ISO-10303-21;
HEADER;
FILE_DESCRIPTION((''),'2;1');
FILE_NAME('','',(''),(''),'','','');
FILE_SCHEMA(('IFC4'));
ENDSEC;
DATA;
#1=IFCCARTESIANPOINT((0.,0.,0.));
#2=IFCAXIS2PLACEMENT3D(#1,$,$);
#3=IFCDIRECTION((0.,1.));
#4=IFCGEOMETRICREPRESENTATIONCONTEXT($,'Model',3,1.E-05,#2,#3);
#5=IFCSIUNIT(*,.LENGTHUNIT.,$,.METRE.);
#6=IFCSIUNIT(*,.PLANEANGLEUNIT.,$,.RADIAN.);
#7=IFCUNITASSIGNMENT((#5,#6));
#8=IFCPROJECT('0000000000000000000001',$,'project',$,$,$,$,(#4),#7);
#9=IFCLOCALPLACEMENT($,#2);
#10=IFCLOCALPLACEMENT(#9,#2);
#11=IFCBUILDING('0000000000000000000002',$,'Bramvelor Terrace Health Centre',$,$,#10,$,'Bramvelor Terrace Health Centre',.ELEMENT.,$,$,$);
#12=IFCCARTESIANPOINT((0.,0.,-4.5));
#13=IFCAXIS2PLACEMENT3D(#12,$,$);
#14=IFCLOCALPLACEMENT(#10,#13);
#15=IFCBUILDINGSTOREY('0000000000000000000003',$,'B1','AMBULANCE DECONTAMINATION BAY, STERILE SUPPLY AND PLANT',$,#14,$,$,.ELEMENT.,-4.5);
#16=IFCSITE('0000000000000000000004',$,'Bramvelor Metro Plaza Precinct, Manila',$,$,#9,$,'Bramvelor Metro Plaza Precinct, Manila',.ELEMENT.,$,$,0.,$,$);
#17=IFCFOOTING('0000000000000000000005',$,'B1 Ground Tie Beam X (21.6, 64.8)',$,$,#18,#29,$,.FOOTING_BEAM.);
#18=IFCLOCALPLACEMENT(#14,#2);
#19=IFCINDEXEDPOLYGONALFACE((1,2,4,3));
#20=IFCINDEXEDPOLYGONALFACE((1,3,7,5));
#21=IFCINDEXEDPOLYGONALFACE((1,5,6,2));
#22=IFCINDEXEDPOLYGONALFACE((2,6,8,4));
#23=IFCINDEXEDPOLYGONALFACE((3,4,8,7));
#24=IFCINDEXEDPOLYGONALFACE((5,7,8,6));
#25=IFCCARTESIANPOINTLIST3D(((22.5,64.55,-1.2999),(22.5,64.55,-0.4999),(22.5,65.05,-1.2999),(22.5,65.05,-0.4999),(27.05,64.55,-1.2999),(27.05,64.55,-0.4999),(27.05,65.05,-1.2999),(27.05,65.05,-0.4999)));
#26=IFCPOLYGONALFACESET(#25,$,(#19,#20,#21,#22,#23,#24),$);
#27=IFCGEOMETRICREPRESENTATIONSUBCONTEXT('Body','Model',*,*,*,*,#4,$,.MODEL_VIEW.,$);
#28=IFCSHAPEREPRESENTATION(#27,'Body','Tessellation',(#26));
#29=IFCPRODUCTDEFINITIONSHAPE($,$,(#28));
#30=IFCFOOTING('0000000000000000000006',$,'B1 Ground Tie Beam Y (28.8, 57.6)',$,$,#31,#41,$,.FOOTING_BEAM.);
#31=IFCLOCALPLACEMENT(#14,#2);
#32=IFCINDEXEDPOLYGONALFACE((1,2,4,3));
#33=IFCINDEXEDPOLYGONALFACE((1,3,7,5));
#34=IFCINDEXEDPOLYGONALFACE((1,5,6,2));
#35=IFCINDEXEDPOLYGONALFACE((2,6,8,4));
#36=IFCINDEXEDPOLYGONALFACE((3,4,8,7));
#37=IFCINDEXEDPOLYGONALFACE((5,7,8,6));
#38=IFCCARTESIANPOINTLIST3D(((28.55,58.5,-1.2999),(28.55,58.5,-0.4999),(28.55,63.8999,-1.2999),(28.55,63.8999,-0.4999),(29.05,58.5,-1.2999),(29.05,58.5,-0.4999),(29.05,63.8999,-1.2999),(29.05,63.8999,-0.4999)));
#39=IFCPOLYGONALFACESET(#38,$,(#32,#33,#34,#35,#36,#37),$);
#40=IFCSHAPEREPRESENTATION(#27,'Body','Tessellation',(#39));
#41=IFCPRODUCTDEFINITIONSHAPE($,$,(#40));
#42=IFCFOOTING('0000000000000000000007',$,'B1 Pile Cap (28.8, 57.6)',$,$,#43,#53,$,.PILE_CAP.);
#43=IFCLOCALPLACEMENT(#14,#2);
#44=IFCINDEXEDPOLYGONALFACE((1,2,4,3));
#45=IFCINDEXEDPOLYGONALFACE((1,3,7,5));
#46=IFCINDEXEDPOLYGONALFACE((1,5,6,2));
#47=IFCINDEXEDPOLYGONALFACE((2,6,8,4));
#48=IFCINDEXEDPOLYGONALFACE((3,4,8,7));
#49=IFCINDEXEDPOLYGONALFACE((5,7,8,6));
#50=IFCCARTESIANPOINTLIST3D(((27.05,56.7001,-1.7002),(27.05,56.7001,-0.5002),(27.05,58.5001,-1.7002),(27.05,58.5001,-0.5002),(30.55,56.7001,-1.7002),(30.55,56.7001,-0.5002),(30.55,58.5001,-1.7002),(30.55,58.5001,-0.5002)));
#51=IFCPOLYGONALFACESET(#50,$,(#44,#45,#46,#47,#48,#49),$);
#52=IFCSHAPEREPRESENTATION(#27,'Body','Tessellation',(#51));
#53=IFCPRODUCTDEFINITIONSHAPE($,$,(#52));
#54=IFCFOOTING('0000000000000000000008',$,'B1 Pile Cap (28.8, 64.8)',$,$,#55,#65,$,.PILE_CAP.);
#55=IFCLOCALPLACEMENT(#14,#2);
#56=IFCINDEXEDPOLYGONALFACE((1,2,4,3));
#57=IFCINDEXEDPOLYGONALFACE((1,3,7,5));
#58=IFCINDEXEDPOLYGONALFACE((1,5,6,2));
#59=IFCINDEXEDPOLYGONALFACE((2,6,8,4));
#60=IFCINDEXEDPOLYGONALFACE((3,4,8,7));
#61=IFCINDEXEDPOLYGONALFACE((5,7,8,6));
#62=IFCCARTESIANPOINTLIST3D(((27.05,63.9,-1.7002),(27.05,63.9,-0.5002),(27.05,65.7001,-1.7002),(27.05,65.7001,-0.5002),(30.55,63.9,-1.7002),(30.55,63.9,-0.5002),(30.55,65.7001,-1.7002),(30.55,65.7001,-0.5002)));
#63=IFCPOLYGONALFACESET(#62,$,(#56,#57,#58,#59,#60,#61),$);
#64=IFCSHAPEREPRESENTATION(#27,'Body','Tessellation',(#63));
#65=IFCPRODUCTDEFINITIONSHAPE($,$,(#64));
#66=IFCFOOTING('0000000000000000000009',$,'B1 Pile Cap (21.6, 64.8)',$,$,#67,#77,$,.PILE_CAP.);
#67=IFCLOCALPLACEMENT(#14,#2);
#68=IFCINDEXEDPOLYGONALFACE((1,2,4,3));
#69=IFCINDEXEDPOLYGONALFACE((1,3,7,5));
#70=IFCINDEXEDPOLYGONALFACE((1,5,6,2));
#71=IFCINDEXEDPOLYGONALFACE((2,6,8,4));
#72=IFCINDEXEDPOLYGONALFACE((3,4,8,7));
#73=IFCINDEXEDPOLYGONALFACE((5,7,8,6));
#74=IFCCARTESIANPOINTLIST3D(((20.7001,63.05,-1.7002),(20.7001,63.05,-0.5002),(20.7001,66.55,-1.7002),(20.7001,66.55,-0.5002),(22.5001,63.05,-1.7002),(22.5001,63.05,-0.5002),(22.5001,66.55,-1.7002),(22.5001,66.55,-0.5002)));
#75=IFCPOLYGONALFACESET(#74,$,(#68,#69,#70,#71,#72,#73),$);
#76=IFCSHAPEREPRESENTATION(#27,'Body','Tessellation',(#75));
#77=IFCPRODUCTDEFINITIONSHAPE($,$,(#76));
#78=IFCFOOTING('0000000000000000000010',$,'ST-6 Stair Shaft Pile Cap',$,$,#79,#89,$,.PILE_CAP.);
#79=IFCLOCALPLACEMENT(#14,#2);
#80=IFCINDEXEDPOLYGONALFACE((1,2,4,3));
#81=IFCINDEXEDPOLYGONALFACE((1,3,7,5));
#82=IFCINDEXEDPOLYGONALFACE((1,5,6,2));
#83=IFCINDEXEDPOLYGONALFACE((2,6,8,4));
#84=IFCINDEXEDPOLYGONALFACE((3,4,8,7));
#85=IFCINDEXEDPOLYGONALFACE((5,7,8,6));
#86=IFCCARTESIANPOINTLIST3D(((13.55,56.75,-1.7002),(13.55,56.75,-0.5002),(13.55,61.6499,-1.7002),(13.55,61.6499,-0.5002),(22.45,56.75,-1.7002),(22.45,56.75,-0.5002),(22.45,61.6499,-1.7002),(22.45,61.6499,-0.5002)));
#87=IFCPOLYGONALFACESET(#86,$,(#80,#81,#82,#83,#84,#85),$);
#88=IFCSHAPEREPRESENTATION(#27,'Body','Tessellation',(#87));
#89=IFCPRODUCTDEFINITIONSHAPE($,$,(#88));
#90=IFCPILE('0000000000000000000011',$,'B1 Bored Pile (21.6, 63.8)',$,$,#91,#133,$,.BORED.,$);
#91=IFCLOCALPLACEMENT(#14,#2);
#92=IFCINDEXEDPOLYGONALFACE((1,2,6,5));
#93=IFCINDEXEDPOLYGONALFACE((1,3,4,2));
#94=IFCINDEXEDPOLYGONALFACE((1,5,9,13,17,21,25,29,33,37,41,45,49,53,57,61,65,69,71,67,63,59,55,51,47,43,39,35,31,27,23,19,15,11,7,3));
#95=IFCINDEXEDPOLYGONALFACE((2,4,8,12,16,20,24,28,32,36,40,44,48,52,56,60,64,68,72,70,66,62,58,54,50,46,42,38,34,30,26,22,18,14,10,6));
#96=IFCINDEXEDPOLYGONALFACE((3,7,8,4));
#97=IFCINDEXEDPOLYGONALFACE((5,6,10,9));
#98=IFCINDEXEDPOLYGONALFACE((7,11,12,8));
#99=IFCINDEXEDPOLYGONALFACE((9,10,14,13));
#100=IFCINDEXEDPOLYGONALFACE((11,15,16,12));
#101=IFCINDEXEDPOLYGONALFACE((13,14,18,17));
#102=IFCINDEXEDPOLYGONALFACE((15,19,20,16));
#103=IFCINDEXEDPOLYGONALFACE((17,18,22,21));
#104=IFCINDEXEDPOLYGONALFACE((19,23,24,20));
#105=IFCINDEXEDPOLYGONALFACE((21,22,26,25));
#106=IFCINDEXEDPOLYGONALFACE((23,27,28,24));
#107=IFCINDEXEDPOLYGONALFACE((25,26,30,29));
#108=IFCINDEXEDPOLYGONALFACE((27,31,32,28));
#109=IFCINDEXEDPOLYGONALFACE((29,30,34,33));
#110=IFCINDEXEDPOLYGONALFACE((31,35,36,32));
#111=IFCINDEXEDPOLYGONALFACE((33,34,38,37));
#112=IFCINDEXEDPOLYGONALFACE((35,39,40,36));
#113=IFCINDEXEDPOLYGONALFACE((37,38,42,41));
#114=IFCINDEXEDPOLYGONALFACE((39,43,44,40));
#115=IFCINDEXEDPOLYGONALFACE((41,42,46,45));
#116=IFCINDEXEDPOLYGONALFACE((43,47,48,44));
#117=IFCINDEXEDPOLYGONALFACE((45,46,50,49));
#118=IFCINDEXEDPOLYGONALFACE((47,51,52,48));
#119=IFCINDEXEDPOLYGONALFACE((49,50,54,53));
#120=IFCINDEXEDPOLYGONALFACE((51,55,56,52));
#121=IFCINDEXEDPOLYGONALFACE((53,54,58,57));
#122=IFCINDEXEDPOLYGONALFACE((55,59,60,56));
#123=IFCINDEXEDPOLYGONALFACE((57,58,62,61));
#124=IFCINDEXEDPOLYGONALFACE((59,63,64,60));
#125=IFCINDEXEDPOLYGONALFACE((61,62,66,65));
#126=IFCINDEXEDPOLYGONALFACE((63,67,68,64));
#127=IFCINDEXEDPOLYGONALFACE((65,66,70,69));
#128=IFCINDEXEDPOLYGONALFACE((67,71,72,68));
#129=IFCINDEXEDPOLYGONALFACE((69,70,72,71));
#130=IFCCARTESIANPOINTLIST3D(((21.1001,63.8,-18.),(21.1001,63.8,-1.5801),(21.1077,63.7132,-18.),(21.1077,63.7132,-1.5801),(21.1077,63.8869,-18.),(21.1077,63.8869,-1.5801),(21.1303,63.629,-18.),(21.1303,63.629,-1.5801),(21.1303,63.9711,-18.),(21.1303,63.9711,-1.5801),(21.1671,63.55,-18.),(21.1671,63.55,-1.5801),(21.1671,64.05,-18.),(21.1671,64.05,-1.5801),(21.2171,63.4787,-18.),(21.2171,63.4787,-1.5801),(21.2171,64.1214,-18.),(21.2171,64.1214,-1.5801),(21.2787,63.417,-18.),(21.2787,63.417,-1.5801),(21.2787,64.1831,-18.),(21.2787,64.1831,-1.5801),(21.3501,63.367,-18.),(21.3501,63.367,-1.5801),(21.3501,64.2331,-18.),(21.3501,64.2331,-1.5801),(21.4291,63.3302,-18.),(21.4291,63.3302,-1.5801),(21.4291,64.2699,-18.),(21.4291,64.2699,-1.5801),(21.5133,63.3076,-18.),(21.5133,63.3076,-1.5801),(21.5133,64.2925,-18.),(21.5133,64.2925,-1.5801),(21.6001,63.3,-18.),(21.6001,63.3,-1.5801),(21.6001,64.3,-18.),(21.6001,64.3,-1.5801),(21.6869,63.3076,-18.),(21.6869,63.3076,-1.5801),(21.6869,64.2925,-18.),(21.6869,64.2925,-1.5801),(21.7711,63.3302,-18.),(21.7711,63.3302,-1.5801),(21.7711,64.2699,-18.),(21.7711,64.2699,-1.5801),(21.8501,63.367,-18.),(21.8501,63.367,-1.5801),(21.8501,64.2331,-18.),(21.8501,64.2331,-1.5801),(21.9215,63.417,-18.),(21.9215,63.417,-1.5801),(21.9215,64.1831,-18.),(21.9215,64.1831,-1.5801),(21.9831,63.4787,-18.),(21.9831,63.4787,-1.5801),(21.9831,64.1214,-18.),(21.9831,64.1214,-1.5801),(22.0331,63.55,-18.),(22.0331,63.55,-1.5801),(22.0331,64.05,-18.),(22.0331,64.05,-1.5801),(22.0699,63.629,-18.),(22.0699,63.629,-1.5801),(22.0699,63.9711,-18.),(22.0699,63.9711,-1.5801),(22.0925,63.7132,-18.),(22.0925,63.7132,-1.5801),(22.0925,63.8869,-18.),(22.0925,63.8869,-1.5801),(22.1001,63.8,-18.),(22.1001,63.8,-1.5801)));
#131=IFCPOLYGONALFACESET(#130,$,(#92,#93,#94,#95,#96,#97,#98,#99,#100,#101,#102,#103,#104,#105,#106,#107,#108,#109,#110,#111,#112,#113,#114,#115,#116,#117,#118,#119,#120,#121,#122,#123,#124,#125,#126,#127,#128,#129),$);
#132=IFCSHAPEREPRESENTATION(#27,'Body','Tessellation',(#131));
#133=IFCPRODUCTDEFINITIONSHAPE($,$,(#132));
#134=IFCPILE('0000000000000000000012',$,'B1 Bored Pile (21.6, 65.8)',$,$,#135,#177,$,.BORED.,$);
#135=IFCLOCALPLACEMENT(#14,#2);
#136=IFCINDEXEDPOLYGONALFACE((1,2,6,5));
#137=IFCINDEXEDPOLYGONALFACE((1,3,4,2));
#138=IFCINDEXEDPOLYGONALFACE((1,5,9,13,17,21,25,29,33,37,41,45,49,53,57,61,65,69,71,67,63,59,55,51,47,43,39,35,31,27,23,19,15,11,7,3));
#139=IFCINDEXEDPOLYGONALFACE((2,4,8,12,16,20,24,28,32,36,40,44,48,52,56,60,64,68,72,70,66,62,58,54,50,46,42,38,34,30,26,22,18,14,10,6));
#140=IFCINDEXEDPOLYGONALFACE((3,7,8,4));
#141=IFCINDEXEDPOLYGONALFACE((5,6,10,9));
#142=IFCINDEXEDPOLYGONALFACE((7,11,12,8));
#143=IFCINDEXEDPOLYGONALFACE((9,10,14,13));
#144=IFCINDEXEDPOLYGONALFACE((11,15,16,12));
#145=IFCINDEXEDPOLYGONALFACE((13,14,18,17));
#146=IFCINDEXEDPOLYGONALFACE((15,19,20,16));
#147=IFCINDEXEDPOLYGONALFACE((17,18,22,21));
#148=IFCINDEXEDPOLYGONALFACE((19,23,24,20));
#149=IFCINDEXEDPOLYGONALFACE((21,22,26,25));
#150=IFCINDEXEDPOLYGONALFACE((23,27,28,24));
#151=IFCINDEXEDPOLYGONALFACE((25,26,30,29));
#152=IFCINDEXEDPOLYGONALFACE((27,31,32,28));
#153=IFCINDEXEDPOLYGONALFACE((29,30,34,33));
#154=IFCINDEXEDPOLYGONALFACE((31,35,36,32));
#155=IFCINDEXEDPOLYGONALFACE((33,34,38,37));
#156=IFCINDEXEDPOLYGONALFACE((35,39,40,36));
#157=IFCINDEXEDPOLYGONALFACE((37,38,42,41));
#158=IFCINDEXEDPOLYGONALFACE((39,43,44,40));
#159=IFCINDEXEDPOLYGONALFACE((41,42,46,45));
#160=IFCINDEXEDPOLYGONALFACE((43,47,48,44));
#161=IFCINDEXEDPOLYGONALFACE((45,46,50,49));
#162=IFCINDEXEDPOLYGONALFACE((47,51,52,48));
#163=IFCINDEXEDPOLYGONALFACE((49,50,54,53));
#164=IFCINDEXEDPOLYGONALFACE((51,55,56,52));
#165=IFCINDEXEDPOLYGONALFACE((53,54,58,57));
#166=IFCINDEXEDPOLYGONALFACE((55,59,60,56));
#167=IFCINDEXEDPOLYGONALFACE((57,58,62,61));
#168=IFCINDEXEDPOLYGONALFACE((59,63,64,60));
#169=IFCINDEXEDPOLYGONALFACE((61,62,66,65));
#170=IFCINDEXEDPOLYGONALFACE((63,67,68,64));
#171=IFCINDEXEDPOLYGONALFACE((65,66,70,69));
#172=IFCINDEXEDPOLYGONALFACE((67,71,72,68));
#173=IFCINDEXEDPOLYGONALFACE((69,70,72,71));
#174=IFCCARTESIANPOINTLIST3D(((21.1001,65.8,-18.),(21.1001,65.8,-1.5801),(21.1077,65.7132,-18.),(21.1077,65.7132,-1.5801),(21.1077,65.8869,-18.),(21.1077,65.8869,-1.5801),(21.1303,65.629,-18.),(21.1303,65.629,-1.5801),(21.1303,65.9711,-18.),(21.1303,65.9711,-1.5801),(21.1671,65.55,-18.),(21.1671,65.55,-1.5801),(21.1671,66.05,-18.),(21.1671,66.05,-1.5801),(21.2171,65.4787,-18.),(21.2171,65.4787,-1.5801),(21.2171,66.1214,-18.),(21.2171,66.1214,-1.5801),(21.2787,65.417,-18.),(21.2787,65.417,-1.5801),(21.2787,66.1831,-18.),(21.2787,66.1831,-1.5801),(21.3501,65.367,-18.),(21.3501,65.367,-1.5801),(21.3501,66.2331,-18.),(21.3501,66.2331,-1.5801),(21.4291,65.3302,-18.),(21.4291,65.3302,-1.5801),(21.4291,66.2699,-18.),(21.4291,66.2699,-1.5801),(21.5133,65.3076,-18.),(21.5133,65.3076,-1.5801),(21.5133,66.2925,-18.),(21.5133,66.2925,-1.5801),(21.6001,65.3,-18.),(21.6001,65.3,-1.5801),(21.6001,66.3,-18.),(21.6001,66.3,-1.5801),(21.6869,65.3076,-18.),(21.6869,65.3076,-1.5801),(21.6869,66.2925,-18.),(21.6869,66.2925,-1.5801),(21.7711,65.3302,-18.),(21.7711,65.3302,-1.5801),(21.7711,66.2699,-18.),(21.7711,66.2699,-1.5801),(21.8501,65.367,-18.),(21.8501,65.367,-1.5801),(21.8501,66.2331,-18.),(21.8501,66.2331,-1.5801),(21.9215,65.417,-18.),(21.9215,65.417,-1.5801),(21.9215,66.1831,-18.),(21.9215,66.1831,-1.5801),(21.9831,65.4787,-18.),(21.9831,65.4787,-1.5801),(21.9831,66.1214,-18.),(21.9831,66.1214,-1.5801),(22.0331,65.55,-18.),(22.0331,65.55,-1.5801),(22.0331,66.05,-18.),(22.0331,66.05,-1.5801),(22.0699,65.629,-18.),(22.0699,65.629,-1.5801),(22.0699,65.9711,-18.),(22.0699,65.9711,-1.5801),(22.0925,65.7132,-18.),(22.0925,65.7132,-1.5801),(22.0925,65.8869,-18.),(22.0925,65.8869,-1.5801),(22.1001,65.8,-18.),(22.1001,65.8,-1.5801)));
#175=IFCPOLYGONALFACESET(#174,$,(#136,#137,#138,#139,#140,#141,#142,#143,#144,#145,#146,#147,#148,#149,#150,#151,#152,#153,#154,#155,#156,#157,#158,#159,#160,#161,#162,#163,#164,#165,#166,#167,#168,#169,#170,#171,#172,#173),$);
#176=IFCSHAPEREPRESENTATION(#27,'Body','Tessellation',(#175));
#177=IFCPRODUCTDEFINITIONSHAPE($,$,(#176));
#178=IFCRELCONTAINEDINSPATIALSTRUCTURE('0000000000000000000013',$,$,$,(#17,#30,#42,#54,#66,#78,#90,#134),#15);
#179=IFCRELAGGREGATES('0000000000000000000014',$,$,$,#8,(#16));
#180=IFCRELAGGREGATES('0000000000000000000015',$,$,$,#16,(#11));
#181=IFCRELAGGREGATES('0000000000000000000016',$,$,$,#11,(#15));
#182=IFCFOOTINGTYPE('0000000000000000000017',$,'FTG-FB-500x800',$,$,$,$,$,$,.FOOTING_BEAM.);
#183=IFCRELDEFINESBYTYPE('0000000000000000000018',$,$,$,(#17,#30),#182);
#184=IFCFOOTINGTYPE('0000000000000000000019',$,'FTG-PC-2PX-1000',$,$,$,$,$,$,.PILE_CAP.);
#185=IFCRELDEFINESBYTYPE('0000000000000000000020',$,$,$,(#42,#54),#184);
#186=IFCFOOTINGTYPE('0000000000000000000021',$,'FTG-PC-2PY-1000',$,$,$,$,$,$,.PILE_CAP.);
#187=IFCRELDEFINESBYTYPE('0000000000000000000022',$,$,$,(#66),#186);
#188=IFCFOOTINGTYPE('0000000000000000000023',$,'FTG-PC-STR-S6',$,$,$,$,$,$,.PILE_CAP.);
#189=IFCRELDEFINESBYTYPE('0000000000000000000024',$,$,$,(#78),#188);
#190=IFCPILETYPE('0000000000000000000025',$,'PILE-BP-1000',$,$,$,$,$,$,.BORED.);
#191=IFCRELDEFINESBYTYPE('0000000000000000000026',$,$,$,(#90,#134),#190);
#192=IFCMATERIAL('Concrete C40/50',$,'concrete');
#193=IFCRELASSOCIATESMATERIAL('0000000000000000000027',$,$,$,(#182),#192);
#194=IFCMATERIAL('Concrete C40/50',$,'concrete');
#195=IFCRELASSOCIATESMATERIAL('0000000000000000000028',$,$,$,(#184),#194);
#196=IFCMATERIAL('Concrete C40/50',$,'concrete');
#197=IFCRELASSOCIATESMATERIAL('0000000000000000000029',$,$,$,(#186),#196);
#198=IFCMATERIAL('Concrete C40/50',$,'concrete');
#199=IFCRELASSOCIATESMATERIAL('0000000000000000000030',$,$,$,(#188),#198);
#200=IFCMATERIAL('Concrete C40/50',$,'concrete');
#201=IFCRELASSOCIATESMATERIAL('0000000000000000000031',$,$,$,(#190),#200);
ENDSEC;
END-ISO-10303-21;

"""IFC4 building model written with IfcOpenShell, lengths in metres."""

from ifc_helpers import new_model, si_unit, direction, frame, origin, origin_2d, place, context, subcontext, project, spatial, rectangle, circle, extrude, material, material_profile, profile_set, type_object, element, save


model = new_model("IFC4")

# Units and contexts
model_context = context("Model", 3, precision=1e-05, world=origin(), true_north=direction((0.0, 1.0)))
body_context = subcontext(model_context, "Body", "Model", "MODEL_VIEW")
ifc_project = project(units=[si_unit("LENGTHUNIT", "METRE"), si_unit("PLANEANGLEUNIT", "RADIAN")], contexts=[model_context])

# Site, building, storey
site_placement = place(None, origin())
site = spatial("IfcSite", under=ifc_project, at=site_placement, Name="Bramvelor Metro Plaza Precinct, Manila", LongName="Bramvelor Metro Plaza Precinct, Manila", CompositionType="ELEMENT", RefElevation=0.0)
building_placement = place(site_placement, origin())
building = spatial("IfcBuilding", under=site, at=building_placement, Name="Bramvelor Terrace Health Centre", LongName="Bramvelor Terrace Health Centre", CompositionType="ELEMENT")
storey_placement = place(building_placement, frame((0.0, 0.0, -4.5)))
storey = spatial("IfcBuildingStorey", under=building, at=storey_placement, Name="B1", Description="AMBULANCE DECONTAMINATION BAY, STERILE SUPPLY AND PLANT", CompositionType="ELEMENT", Elevation=-4.5)

# Footings
ifc_material_1 = material(Name="Concrete C40/50", Category="concrete")
ifc_material_profile_1 = material_profile(ifc_material_1, rectangle(XDim=0.5, YDim=0.8, at=origin_2d()), Name="RC 500x800")
ifc_profile_set_1 = profile_set([ifc_material_profile_1], Name="Concrete C40/50")
footing_type_1 = type_object("IfcFootingType", Name="FTG-FB-500x800", PredefinedType="FOOTING_BEAM", material=ifc_profile_set_1)
footing_1_placement = place(storey_placement, frame((22.5, 64.8, -0.8999), z_axis=(1.0, 0.0, 0.0), x_axis=(0.0, 1.0, 0.0)))
element("IfcFooting", 1, at=footing_1_placement, inside=storey, type_object=footing_type_1, Name="B1 Ground Tie Beam X (21.6, 64.8)", PredefinedType="FOOTING_BEAM", context=body_context, shape_type="SweptSolid", body=[
    extrude(rectangle(XDim=0.5, YDim=0.8, at=origin_2d()), origin(), (0.0, 0.0, 1.0), 4.55),
])
footing_2_placement = place(storey_placement, frame((28.8, 58.5, -0.8999), z_axis=(0.0, 1.0, 0.0), x_axis=(-1.0, 0.0, 0.0)))
element("IfcFooting", 2, at=footing_2_placement, inside=storey, type_object=footing_type_1, Name="B1 Ground Tie Beam Y (28.8, 57.6)", PredefinedType="FOOTING_BEAM", context=body_context, shape_type="SweptSolid", body=[
    extrude(rectangle(XDim=0.5, YDim=0.8, at=origin_2d()), origin(), (0.0, 0.0, 1.0), 5.3999),
])
ifc_material_2 = material(Name="Concrete C40/50", Category="concrete")
footing_type_2 = type_object("IfcFootingType", Name="FTG-PC-2PX-1000", PredefinedType="PILE_CAP", material=ifc_material_2)
for number, where, z_axis, x_axis, name in (
    (3, (28.8, 57.6001, -1.7002), (0.0, 0.0, 1.0), (1.0, 0.0, 0.0), "B1 Pile Cap (28.8, 57.6)"),
    (4, (28.8, 64.8, -1.7002), (0.0, 0.0, 1.0), (1.0, 0.0, 0.0), "B1 Pile Cap (28.8, 64.8)"),
):
    element("IfcFooting", number, at=place(storey_placement, frame(where, z_axis=z_axis, x_axis=x_axis)), inside=storey, type_object=footing_type_2, Name=name, PredefinedType="PILE_CAP", context=body_context, shape_type="SweptSolid", body=[
        extrude(rectangle(XDim=3.5, YDim=1.8, at=origin_2d()), origin(), (0.0, 0.0, 1.0), 1.2),
    ])
ifc_material_3 = material(Name="Concrete C40/50", Category="concrete")
footing_type_3 = type_object("IfcFootingType", Name="FTG-PC-2PY-1000", PredefinedType="PILE_CAP", material=ifc_material_3)
footing_3_placement = place(storey_placement, frame((21.6001, 64.8, -1.7002), z_axis=(0.0, 0.0, 1.0), x_axis=(1.0, 0.0, 0.0)))
element("IfcFooting", 5, at=footing_3_placement, inside=storey, type_object=footing_type_3, Name="B1 Pile Cap (21.6, 64.8)", PredefinedType="PILE_CAP", context=body_context, shape_type="SweptSolid", body=[
    extrude(rectangle(XDim=1.8, YDim=3.5, at=origin_2d()), origin(), (0.0, 0.0, 1.0), 1.2),
])
ifc_material_4 = material(Name="Concrete C40/50", Category="concrete")
footing_type_4 = type_object("IfcFootingType", Name="FTG-PC-STR-S6", PredefinedType="PILE_CAP", material=ifc_material_4)
footing_4_placement = place(storey_placement, frame((18.0, 59.2, -1.7002), z_axis=(0.0, 0.0, 1.0), x_axis=(1.0, 0.0, 0.0)))
element("IfcFooting", 6, at=footing_4_placement, inside=storey, type_object=footing_type_4, Name="ST-6 Stair Shaft Pile Cap", PredefinedType="PILE_CAP", context=body_context, shape_type="SweptSolid", body=[
    extrude(rectangle(XDim=8.8999, YDim=4.8999, at=origin_2d()), origin(), (0.0, 0.0, 1.0), 1.2),
])

# Piles
ifc_material_5 = material(Name="Concrete C40/50", Category="concrete")
ifc_material_profile_2 = material_profile(ifc_material_5, circle(Radius=0.5, at=origin_2d()), Name="BP D1000")
ifc_profile_set_2 = profile_set([ifc_material_profile_2], Name="Concrete C40/50")
pile_type_1 = type_object("IfcPileType", Name="PILE-BP-1000", PredefinedType="BORED", material=ifc_profile_set_2)
for number, where, z_axis, x_axis, name in (
    (7, (21.6001, 63.8, -1.5801), (0.0, 0.0, -1.0), (1.0, 0.0, 0.0), "B1 Bored Pile (21.6, 63.8)"),
    (8, (21.6001, 65.8, -1.5801), (0.0, 0.0, -1.0), (1.0, 0.0, 0.0), "B1 Bored Pile (21.6, 65.8)"),
):
    element("IfcPile", number, at=place(storey_placement, frame(where, z_axis=z_axis, x_axis=x_axis)), inside=storey, type_object=pile_type_1, Name=name, PredefinedType="BORED", context=body_context, shape_type="SweptSolid", body=[
        extrude(circle(Radius=0.5, at=origin_2d()), origin(), (0.0, 0.0, 1.0), 16.4199),
    ])

save(model, "model.ifc")
